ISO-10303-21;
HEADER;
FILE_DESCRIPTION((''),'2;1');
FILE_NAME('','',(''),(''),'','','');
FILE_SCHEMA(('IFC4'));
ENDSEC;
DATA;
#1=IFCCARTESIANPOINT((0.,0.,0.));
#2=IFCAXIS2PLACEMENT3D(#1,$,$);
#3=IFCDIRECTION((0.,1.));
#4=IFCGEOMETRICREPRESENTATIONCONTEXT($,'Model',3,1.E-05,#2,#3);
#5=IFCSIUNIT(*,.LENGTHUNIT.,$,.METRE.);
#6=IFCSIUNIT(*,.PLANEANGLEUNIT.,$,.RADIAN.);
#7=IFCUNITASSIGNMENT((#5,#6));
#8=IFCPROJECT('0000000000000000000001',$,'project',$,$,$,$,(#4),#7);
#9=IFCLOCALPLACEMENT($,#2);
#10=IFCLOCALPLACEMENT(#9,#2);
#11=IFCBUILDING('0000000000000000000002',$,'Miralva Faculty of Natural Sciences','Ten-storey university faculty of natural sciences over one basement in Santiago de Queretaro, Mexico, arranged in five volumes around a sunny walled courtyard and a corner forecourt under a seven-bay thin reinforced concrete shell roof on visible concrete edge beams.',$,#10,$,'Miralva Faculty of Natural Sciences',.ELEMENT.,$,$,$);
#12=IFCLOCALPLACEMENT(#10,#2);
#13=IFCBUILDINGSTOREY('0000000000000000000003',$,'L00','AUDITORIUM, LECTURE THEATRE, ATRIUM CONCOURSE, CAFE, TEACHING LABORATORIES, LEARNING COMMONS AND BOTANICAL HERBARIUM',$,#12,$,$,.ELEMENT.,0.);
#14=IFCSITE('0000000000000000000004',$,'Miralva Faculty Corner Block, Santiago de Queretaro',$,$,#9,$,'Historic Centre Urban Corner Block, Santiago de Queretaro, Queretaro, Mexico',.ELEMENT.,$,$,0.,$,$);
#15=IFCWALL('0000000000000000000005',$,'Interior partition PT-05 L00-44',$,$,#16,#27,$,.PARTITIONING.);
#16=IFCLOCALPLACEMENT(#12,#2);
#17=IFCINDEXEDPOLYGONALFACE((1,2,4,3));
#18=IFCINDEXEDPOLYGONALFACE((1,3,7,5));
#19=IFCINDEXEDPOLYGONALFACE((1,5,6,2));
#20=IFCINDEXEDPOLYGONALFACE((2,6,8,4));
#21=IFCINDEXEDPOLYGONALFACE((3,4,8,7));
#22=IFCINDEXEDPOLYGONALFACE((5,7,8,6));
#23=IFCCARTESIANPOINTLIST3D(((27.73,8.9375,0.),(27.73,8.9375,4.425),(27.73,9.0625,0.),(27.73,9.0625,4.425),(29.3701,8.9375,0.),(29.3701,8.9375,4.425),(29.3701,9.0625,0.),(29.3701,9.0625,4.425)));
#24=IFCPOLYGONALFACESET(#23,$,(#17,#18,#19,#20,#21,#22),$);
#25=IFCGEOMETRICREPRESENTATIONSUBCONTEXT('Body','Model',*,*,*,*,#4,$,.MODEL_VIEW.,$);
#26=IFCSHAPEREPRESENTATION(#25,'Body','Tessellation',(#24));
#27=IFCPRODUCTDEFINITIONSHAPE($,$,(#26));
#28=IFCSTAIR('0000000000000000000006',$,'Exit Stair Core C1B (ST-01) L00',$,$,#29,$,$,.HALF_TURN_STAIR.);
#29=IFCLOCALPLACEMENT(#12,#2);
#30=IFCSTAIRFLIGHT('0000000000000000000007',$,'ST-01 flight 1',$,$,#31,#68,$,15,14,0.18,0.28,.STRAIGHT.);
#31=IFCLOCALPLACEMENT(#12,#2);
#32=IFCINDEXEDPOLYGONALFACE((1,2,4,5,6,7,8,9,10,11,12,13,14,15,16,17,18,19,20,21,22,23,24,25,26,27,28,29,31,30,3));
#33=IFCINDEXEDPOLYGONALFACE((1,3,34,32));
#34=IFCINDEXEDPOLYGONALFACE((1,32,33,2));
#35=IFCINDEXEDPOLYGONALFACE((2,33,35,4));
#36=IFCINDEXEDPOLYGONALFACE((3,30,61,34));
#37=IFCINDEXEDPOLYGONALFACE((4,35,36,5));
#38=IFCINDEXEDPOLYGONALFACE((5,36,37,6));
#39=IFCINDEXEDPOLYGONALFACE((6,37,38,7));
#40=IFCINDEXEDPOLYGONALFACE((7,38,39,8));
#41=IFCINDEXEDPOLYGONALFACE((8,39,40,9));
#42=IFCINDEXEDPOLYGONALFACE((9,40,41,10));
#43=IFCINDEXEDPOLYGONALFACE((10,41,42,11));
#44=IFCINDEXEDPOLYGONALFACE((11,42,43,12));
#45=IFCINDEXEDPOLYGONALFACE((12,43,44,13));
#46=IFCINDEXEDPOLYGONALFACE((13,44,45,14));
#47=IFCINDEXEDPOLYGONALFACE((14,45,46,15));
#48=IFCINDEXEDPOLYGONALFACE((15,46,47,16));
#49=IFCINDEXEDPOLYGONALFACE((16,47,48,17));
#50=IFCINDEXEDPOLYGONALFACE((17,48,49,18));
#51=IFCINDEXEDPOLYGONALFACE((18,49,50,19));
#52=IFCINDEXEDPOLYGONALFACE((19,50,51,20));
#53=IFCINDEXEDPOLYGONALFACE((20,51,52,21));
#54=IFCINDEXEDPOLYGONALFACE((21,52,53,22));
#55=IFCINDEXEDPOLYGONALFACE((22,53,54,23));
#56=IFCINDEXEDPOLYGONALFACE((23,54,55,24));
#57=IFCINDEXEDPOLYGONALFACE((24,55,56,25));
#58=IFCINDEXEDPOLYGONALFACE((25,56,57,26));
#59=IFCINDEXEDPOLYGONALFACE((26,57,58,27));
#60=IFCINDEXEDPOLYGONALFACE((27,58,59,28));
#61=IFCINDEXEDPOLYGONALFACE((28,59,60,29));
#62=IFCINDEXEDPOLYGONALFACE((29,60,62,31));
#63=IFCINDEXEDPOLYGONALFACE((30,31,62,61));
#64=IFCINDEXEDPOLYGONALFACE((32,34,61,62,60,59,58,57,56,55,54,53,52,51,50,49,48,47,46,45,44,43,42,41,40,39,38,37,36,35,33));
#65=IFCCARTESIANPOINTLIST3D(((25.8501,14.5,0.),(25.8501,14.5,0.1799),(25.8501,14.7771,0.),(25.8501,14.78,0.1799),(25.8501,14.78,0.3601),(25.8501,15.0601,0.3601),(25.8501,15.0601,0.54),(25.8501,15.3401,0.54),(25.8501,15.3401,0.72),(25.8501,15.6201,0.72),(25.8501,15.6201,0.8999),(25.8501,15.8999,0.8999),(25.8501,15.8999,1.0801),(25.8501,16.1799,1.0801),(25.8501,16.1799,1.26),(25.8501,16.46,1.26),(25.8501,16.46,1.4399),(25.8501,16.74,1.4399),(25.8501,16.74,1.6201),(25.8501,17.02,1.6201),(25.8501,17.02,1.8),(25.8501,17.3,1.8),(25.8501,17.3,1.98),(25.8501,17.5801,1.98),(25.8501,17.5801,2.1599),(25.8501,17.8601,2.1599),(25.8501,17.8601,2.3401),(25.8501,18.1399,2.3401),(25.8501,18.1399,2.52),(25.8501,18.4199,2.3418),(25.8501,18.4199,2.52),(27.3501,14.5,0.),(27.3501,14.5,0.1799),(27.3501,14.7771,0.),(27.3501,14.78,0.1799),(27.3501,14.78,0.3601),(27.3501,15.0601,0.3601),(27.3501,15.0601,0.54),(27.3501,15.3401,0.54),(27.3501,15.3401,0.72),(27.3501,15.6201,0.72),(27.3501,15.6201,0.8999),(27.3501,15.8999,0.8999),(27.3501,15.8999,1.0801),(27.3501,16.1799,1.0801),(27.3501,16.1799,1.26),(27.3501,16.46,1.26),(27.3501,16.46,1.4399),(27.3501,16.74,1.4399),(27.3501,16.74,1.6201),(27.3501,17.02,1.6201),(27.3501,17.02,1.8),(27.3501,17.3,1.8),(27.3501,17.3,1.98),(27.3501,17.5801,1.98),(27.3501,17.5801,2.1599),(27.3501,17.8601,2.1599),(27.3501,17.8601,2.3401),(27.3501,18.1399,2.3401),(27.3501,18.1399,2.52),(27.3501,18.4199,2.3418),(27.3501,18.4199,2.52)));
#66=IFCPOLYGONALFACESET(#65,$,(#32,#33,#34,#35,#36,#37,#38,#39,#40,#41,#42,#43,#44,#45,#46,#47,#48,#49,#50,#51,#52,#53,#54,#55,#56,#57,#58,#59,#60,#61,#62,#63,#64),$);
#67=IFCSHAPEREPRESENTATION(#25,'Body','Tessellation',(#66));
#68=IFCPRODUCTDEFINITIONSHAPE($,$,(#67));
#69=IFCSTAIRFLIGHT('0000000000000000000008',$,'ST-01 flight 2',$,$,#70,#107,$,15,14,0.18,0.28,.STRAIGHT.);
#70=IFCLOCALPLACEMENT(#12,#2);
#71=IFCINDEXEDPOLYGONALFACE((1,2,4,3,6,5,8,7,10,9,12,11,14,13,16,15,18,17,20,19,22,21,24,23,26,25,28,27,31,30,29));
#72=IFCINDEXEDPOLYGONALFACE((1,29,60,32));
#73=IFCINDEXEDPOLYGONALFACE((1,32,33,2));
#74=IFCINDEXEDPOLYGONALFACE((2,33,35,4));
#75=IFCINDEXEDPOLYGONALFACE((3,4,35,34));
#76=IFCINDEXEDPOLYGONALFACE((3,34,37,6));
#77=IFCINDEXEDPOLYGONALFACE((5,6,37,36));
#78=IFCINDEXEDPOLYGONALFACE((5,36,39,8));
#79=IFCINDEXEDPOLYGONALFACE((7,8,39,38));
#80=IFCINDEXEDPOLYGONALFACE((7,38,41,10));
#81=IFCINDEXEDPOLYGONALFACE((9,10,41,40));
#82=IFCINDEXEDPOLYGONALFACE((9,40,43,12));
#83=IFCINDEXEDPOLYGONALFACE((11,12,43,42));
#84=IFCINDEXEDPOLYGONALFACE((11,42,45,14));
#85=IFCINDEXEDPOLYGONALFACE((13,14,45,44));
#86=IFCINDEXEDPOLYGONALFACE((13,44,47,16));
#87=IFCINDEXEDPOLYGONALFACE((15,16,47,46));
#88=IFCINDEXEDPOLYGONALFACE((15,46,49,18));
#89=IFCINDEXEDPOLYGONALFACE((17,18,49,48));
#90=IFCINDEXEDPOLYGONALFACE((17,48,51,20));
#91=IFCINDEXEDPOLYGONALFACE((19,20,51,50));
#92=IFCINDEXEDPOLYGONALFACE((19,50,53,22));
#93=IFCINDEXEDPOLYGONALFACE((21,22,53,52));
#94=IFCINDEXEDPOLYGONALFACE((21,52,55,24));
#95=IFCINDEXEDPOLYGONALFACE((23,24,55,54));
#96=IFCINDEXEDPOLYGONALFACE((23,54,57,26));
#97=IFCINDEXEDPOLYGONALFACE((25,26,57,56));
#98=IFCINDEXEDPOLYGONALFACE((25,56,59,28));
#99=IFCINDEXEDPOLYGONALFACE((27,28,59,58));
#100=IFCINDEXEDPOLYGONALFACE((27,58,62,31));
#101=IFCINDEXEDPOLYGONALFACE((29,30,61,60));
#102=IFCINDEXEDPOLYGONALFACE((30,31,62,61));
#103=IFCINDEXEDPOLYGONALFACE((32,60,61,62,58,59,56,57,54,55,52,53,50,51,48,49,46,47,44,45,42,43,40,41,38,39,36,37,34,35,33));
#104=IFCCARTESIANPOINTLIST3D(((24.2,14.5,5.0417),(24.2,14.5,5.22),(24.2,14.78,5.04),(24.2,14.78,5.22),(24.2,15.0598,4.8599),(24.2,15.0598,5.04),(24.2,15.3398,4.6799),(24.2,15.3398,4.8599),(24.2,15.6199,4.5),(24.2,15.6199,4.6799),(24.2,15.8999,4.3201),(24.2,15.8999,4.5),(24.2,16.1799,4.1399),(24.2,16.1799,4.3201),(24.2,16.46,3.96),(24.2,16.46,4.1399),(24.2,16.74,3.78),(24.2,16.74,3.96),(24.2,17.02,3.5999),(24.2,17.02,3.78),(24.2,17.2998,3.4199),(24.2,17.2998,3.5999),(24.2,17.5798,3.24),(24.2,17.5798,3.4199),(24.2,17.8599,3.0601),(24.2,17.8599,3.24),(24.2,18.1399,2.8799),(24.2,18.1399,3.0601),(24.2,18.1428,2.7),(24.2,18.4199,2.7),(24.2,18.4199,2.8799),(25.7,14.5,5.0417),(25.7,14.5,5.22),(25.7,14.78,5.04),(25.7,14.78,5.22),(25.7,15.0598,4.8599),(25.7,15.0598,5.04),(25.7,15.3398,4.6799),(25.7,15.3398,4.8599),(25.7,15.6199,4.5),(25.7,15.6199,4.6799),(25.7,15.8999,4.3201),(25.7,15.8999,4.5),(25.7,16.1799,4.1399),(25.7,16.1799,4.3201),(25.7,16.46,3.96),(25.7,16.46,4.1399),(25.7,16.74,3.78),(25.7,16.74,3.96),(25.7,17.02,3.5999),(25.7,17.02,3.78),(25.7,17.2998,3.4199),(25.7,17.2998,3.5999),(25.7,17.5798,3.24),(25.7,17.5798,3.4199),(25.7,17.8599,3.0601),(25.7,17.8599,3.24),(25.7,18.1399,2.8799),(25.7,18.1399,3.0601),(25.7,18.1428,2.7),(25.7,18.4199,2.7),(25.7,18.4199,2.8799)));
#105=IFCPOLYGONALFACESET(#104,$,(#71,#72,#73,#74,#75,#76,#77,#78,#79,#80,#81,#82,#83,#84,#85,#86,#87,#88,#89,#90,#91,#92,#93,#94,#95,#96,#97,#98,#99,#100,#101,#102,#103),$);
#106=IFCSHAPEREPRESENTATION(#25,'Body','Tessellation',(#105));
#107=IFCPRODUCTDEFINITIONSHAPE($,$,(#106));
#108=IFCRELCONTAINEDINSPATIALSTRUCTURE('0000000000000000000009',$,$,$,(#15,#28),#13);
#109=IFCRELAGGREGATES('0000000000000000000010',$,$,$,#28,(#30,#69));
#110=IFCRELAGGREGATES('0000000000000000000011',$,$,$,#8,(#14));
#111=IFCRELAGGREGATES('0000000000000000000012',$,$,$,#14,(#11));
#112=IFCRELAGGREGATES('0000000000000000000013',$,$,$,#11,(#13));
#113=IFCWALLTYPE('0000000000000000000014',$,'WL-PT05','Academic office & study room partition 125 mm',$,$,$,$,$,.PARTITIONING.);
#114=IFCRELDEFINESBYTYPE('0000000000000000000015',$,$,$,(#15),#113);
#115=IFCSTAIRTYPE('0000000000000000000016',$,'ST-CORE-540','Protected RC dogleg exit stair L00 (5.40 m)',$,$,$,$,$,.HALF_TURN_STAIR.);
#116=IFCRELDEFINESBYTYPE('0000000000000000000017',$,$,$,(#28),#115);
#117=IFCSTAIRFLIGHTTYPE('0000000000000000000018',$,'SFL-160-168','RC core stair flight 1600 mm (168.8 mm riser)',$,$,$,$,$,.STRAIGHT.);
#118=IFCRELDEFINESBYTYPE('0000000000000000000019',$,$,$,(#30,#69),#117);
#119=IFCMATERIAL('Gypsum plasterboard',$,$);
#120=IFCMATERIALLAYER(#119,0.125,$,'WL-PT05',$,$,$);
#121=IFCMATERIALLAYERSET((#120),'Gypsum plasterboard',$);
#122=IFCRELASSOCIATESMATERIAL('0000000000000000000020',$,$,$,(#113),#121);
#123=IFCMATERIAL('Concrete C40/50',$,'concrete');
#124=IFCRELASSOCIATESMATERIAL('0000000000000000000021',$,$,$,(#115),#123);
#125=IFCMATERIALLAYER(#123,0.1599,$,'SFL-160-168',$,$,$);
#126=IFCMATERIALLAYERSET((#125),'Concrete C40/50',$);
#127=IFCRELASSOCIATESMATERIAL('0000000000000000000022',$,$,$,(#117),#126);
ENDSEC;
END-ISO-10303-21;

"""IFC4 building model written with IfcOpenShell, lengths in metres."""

from ifc_helpers import new_model, si_unit, direction, frame, frame_2d, origin, place, context, subcontext, project, spatial, polyline, rectangle, outline, extrude, material, layer, layer_set, type_object, element, aggregate, save


model = new_model("IFC4")

# Units and contexts
model_context = context("Model", 3, precision=1e-05, world=origin(), true_north=direction((0.0, 1.0)))
body_context = subcontext(model_context, "Body", "Model", "MODEL_VIEW")
ifc_project = project(units=[si_unit("LENGTHUNIT", "METRE"), si_unit("PLANEANGLEUNIT", "RADIAN")], contexts=[model_context])

# Site, building, storey
site_placement = place(None, origin())
site = spatial("IfcSite", under=ifc_project, at=site_placement, Name="Miralva Faculty Corner Block, Santiago de Queretaro", LongName="Historic Centre Urban Corner Block, Santiago de Queretaro, Queretaro, Mexico", CompositionType="ELEMENT", RefElevation=0.0)
building_placement = place(site_placement, origin())
building = spatial("IfcBuilding", under=site, at=building_placement, Name="Miralva Faculty of Natural Sciences", Description="Ten-storey university faculty of natural sciences over one basement in Santiago de Queretaro, Mexico, arranged in five volumes around a sunny walled courtyard and a corner forecourt under a seven-bay thin reinforced concrete shell roof on visible concrete edge beams.", LongName="Miralva Faculty of Natural Sciences", CompositionType="ELEMENT")
storey_placement = place(building_placement, origin())
storey = spatial("IfcBuildingStorey", under=building, at=storey_placement, Name="L00", Description="AUDITORIUM, LECTURE THEATRE, ATRIUM CONCOURSE, CAFE, TEACHING LABORATORIES, LEARNING COMMONS AND BOTANICAL HERBARIUM", CompositionType="ELEMENT", Elevation=0.0)

# Shared definitions
ifc_material_1 = material(Name="Concrete C40/50", Category="concrete")

# Shared definitions
ifc_material_2 = material(Name="Gypsum plasterboard")

# Shared definitions
ifc_layer_1 = layer(ifc_material_2, 0.125, Name="WL-PT05")
ifc_layer_set_1 = layer_set([ifc_layer_1], Name="Gypsum plasterboard")
wall_type_1 = type_object("IfcWallType", Name="WL-PT05", Description="Academic office & study room partition 125 mm", PredefinedType="PARTITIONING", material=ifc_layer_set_1)

# Wall
wall_1_placement = place(storey_placement, frame((27.73, 9.0, 0.0), z_axis=(0.0, 0.0, 1.0), x_axis=(1.0, 0.0, 0.0)))
element("IfcWall", 1, at=wall_1_placement, inside=storey, type_object=wall_type_1, Name="Interior partition PT-05 L00-44", PredefinedType="PARTITIONING", context=body_context, shape_type="SweptSolid", body=[
    extrude(rectangle(XDim=1.6401, YDim=0.125, at=frame_2d((0.8201, 0.0))), origin(), (0.0, 0.0, 1.0), 4.425),
])

# Stair, stair flights
stair_type = type_object("IfcStairType", Name="ST-CORE-540", Description="Protected RC dogleg exit stair L00 (5.40 m)", PredefinedType="HALF_TURN_STAIR", material=ifc_material_1)
stair_placement = place(storey_placement, origin())
stair = element("IfcStair", 2, at=stair_placement, inside=storey, type_object=stair_type, Name="Exit Stair Core C1B (ST-01) L00", PredefinedType="HALF_TURN_STAIR")
ifc_layer_2 = layer(ifc_material_1, 0.1599, Name="SFL-160-168")
ifc_layer_set_2 = layer_set([ifc_layer_2], Name="Concrete C40/50")
stair_flight_type = type_object("IfcStairFlightType", Name="SFL-160-168", Description="RC core stair flight 1600 mm (168.8 mm riser)", PredefinedType="STRAIGHT", material=ifc_layer_set_2)
stair_flight_1_placement = place(storey_placement, frame((26.6001, 14.5, 0.0), z_axis=(0.0, 0.0, 1.0), x_axis=(0.0, 1.0, 0.0)))
stair_flight_1 = element("IfcStairFlight", 3, at=stair_flight_1_placement, type_object=stair_flight_type, Name="ST-01 flight 1", NumberOfRisers=15, NumberOfTreads=14, PredefinedType="STRAIGHT", RiserHeight=0.18, TreadLength=0.28, context=body_context, shape_type="SweptSolid", body=[
    extrude(outline(polyline([(0.0, 0.0), (0.0, 0.1799), (0.28, 0.1799), (0.28, 0.3601), (0.5601, 0.3601), (0.5601, 0.54), (0.8401, 0.54), (0.8401, 0.72), (1.1201, 0.72), (1.1201, 0.8999), (1.3999, 0.8999), (1.3999, 1.0801), (1.6799, 1.0801), (1.6799, 1.26), (1.96, 1.26), (1.96, 1.4399), (2.24, 1.4399), (2.24, 1.6201), (2.52, 1.6201), (2.52, 1.8), (2.8, 1.8), (2.8, 1.98), (3.0801, 1.98), (3.0801, 2.1599), (3.3601, 2.1599), (3.3601, 2.3401), (3.6399, 2.3401), (3.6399, 2.52), (3.9199, 2.52), (3.9199, 2.7), (3.9199, 2.3418), (0.2771, 0.0), (0.0, 0.0)])), frame((0.0, 0.75, 0.0), z_axis=(0.0, -1.0, 0.0), x_axis=(1.0, 0.0, 0.0)), (0.0, 0.0, 1.0), 1.5),
])
stair_flight_2_placement = place(storey_placement, frame((24.95, 18.4199, 2.7), z_axis=(0.0, 0.0, 1.0), x_axis=(0.0, -1.0, 0.0)))
stair_flight_2 = element("IfcStairFlight", 4, at=stair_flight_2_placement, type_object=stair_flight_type, Name="ST-01 flight 2", NumberOfRisers=15, NumberOfTreads=14, PredefinedType="STRAIGHT", RiserHeight=0.18, TreadLength=0.28, context=body_context, shape_type="SweptSolid", body=[
    extrude(outline(polyline([(0.0, 0.0), (0.0, 0.1799), (0.28, 0.1799), (0.28, 0.3601), (0.5601, 0.3601), (0.5601, 0.54), (0.8401, 0.54), (0.8401, 0.72), (1.1201, 0.72), (1.1201, 0.8999), (1.3999, 0.8999), (1.3999, 1.0801), (1.6799, 1.0801), (1.6799, 1.26), (1.96, 1.26), (1.96, 1.4399), (2.24, 1.4399), (2.24, 1.6201), (2.52, 1.6201), (2.52, 1.8), (2.8, 1.8), (2.8, 1.98), (3.0801, 1.98), (3.0801, 2.1599), (3.3601, 2.1599), (3.3601, 2.3401), (3.6399, 2.3401), (3.6399, 2.52), (3.9199, 2.52), (3.9199, 2.7), (3.9199, 2.3418), (0.2771, 0.0), (0.0, 0.0)])), frame((0.0, 0.75, 0.0), z_axis=(0.0, -1.0, 0.0), x_axis=(1.0, 0.0, 0.0)), (0.0, 0.0, 1.0), 1.5),
])
aggregate(stair, [stair_flight_1, stair_flight_2])

save(model, "model.ifc")
